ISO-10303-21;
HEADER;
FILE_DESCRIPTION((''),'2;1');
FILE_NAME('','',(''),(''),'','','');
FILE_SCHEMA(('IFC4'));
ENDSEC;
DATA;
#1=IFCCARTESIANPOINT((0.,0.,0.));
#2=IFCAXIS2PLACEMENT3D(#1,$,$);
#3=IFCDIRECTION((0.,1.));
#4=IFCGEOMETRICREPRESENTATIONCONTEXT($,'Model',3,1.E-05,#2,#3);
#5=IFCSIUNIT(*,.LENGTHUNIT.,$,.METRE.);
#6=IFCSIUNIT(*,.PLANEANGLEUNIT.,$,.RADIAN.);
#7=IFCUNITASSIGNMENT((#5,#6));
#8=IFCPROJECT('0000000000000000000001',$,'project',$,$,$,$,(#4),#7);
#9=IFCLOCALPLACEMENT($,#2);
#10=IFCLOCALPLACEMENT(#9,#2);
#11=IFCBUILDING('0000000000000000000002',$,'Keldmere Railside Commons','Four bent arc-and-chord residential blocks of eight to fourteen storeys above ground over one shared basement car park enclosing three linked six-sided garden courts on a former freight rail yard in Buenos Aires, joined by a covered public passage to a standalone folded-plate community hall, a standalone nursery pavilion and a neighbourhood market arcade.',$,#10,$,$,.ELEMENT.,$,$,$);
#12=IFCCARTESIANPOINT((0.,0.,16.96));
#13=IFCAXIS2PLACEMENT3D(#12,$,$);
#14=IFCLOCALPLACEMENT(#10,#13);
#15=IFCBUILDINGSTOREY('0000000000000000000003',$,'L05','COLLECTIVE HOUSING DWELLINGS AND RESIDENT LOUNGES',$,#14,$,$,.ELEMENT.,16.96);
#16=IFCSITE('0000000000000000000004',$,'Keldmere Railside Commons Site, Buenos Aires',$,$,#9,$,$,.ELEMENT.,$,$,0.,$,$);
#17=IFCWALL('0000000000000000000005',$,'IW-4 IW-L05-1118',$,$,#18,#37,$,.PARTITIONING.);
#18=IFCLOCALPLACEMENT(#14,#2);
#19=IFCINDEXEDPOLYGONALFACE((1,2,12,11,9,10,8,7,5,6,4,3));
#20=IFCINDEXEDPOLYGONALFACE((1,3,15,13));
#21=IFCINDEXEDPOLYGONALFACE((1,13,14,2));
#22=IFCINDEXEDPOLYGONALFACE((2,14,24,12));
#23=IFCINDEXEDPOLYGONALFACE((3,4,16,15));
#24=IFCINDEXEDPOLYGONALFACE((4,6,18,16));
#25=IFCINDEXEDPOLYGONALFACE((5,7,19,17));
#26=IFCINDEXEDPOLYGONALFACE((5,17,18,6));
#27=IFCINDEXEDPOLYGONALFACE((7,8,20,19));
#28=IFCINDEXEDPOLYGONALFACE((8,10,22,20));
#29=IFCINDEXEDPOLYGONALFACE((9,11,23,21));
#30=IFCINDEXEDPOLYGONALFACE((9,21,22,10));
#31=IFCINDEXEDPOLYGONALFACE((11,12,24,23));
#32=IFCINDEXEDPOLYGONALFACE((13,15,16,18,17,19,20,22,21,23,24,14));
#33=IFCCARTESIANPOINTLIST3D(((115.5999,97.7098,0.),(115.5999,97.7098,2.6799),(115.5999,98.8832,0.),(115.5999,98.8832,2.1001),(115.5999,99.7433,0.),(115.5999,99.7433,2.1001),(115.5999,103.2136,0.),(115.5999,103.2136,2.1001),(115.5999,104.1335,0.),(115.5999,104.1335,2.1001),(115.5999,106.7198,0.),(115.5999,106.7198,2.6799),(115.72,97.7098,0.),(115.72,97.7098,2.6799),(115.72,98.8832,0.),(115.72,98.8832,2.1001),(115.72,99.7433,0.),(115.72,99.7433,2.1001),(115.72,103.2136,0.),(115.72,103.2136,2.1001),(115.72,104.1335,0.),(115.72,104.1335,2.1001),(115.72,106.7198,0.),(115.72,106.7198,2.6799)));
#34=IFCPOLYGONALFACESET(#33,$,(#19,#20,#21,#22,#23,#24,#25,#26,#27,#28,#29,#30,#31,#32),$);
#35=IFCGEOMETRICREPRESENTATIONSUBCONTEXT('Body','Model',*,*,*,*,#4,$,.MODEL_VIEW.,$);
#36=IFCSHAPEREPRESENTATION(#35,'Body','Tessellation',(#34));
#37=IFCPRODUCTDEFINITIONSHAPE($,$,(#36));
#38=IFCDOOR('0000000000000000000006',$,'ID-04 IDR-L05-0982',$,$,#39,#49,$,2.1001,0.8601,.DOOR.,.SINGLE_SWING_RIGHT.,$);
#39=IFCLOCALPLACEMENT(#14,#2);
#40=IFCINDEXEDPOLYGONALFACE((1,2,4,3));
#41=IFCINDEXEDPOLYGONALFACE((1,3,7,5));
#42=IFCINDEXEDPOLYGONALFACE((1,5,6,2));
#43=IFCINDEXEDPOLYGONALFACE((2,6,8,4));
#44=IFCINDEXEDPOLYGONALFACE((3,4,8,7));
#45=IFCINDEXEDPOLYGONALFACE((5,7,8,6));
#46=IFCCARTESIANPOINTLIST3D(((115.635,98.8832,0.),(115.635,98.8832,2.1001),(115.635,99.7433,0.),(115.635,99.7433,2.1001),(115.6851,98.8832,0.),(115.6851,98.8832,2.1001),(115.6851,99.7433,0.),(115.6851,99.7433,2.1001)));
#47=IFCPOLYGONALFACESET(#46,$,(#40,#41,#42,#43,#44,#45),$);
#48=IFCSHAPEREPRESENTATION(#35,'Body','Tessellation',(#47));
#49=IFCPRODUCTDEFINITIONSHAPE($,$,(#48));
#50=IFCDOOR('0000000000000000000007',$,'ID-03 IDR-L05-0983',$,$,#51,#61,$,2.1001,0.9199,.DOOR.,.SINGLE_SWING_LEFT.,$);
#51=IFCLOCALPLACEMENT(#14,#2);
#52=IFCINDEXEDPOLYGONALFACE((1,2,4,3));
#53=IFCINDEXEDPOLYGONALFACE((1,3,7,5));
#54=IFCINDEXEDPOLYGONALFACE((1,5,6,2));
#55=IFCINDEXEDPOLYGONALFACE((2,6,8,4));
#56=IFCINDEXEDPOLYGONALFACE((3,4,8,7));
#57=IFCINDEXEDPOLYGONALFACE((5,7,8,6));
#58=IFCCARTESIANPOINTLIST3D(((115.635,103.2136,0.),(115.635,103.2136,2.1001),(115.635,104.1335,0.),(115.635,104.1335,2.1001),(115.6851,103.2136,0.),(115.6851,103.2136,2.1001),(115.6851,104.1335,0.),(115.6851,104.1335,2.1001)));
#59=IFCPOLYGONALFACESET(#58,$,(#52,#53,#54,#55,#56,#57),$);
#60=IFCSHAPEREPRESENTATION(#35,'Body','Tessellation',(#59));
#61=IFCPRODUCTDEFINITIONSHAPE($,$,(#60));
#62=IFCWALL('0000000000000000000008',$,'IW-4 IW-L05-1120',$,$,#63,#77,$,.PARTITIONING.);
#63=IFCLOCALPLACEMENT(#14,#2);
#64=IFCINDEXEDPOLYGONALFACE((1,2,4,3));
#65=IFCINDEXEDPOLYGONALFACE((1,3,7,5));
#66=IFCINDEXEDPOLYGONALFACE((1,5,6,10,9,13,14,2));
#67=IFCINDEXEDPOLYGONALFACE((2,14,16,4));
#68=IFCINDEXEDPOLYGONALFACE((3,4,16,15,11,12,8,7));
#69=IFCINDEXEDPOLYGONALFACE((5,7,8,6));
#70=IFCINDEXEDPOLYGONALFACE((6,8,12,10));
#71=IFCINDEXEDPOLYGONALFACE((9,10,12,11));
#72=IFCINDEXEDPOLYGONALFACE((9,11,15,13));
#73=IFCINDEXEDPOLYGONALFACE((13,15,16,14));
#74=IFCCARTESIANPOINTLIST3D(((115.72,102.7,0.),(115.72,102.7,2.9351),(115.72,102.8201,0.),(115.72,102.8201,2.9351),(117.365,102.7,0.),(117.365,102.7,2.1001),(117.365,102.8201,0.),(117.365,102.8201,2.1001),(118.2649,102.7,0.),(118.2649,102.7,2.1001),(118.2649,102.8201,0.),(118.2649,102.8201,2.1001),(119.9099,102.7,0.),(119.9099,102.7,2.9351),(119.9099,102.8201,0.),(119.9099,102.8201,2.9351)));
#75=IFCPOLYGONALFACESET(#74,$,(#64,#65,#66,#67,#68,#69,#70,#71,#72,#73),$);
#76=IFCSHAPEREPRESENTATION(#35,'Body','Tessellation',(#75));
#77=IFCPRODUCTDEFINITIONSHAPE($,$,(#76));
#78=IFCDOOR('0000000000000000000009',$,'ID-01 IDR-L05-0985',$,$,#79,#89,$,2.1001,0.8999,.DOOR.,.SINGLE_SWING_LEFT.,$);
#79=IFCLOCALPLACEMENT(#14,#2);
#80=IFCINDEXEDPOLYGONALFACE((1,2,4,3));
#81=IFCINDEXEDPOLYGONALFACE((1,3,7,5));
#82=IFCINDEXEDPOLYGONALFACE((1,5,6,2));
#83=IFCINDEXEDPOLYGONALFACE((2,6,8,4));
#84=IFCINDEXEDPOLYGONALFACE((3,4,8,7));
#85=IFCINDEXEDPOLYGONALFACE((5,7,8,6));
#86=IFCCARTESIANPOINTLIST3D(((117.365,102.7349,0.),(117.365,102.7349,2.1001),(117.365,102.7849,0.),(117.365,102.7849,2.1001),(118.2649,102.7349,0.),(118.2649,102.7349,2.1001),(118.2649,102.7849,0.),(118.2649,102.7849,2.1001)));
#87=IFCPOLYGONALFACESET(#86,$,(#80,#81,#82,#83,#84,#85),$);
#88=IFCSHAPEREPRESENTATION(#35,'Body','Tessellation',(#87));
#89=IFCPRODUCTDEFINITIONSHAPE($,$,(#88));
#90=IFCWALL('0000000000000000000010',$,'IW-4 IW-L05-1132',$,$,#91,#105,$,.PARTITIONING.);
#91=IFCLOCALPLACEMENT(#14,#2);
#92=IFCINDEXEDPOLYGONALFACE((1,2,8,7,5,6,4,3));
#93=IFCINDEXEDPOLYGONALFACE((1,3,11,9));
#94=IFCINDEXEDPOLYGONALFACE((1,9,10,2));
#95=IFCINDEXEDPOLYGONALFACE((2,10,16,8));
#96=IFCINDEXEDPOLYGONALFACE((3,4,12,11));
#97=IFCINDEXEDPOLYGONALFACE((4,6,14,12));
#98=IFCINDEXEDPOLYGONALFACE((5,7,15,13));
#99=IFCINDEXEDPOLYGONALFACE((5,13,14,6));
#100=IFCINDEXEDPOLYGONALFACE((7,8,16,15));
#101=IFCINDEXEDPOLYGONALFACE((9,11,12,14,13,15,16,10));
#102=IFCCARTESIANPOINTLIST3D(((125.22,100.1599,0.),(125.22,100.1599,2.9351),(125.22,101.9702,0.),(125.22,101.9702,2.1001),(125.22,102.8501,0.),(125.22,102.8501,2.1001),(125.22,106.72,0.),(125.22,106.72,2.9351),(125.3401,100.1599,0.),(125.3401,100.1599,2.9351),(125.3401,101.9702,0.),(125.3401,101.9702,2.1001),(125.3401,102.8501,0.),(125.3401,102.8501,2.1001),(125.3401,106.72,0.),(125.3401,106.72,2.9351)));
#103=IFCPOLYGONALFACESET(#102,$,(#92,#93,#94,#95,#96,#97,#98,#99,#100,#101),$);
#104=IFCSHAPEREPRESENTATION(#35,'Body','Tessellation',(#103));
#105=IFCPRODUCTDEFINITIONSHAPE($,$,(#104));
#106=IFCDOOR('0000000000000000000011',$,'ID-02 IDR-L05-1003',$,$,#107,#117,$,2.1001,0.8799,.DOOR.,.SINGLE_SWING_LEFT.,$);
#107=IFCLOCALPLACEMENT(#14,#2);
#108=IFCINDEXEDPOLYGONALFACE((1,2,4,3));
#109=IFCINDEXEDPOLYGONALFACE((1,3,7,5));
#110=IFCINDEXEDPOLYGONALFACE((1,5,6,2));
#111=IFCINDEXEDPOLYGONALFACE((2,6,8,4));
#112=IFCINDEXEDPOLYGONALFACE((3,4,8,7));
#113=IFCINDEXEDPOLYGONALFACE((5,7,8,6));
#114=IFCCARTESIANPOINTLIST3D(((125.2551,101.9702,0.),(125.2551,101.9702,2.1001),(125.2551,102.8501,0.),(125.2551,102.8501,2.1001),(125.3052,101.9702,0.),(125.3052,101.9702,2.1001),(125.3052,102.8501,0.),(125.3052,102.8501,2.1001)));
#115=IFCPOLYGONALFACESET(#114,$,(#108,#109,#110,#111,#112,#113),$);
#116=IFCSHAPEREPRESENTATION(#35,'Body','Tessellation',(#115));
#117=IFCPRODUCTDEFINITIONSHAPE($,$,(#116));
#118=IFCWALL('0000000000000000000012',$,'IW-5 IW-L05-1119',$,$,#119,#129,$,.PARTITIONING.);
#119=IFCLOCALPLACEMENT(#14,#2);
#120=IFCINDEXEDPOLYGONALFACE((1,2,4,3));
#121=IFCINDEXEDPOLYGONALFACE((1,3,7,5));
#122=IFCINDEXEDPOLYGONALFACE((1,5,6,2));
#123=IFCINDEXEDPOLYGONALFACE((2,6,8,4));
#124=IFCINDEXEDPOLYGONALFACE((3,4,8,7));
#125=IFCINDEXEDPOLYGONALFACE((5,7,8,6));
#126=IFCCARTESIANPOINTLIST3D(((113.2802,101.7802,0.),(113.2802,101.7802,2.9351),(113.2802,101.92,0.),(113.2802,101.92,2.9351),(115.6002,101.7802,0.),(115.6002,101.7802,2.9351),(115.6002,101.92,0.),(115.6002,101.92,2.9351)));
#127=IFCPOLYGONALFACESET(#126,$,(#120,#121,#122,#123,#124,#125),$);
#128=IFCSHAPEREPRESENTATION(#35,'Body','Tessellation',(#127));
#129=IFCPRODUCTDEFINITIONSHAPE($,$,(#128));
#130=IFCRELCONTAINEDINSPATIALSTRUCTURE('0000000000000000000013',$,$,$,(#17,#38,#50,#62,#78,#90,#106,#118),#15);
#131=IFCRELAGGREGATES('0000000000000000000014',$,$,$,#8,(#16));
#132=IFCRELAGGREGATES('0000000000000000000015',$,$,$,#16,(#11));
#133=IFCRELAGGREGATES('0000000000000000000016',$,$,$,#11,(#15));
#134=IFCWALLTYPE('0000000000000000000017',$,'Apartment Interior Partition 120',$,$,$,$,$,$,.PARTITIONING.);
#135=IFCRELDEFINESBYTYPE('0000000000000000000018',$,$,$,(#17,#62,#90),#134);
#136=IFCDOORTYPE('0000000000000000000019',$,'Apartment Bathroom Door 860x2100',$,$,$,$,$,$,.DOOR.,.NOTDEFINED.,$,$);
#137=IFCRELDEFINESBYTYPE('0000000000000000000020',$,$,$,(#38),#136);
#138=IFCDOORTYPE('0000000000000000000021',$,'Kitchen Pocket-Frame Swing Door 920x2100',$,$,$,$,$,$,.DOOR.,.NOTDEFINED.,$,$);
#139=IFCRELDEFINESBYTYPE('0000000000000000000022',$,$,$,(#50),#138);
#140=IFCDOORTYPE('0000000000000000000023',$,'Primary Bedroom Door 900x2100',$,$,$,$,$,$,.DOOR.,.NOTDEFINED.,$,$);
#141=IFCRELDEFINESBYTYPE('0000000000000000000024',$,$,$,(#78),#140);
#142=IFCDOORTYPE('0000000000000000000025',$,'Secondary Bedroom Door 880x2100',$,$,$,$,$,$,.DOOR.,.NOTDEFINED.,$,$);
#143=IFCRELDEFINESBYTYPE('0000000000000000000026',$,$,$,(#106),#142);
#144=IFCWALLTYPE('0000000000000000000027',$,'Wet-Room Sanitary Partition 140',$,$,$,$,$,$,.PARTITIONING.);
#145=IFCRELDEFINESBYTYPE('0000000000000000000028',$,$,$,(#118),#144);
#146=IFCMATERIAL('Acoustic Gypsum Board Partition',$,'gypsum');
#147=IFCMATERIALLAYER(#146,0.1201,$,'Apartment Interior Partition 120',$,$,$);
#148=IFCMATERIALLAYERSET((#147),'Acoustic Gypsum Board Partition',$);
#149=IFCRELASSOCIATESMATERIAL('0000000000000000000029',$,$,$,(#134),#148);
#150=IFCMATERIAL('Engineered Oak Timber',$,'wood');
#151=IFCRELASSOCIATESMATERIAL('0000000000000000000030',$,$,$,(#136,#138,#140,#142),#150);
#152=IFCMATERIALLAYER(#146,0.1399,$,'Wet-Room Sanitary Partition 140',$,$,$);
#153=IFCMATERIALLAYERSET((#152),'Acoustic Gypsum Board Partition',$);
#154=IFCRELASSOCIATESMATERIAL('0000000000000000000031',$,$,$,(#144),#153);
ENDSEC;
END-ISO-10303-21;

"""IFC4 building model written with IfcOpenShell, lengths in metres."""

from ifc_helpers import new_model, si_unit, direction, frame, frame_2d, origin, place, context, subcontext, project, spatial, rectangle, extrude, material, layer, layer_set, type_object, element, fill, save


model = new_model("IFC4")

# Units and contexts
model_context = context("Model", 3, precision=1e-05, world=origin(), true_north=direction((0.0, 1.0)))
body_context = subcontext(model_context, "Body", "Model", "MODEL_VIEW")
ifc_project = project(units=[si_unit("LENGTHUNIT", "METRE"), si_unit("PLANEANGLEUNIT", "RADIAN")], contexts=[model_context])

# Site, building, storey
site_placement = place(None, origin())
site = spatial("IfcSite", under=ifc_project, at=site_placement, Name="Keldmere Railside Commons Site, Buenos Aires", CompositionType="ELEMENT", RefElevation=0.0)
building_placement = place(site_placement, origin())
building = spatial("IfcBuilding", under=site, at=building_placement, Name="Keldmere Railside Commons", Description="Four bent arc-and-chord residential blocks of eight to fourteen storeys above ground over one shared basement car park enclosing three linked six-sided garden courts on a former freight rail yard in Buenos Aires, joined by a covered public passage to a standalone folded-plate community hall, a standalone nursery pavilion and a neighbourhood market arcade.", CompositionType="ELEMENT")
storey_placement = place(building_placement, frame((0.0, 0.0, 16.96)))
storey = spatial("IfcBuildingStorey", under=building, at=storey_placement, Name="L05", Description="COLLECTIVE HOUSING DWELLINGS AND RESIDENT LOUNGES", CompositionType="ELEMENT", Elevation=16.96)

# Shared definitions
ifc_material_1 = material(Name="Acoustic Gypsum Board Partition", Category="gypsum")

# Wall, openings, doors
ifc_layer_1 = layer(ifc_material_1, 0.1201, Name="Apartment Interior Partition 120")
ifc_layer_set_1 = layer_set([ifc_layer_1], Name="Acoustic Gypsum Board Partition")
wall_type_1 = type_object("IfcWallType", Name="Apartment Interior Partition 120", PredefinedType="PARTITIONING", material=ifc_layer_set_1)
wall_1_placement = place(storey_placement, frame((115.6599, 97.71, 0.0), z_axis=(0.0, 0.0, 1.0), x_axis=(0.0, 1.0, 0.0)))
wall_1 = element("IfcWall", 1, at=wall_1_placement, inside=storey, type_object=wall_type_1, Name="IW-4 IW-L05-1118", PredefinedType="PARTITIONING", context=body_context, shape_type="SweptSolid", body=[
    extrude(rectangle(XDim=9.01, YDim=0.1201, at=frame_2d((4.5049, 0.0))), origin(), (0.0, 0.0, 1.0), 2.6799),
])
opening_1_placement = place(wall_1_placement, frame((1.1731, 0.0, 0.0)))
opening_1 = element("IfcOpeningElement", 2, at=opening_1_placement, cuts=wall_1, PredefinedType="OPENING", context=body_context, shape_type="SweptSolid", body=[
    extrude(rectangle(XDim=0.8601, YDim=2.1001, at=frame_2d((0.4302, 1.05))), frame((0.0, 0.0701, 0.0), z_axis=(0.0, -1.0, 0.0), x_axis=(1.0, 0.0, 0.0)), (0.0, 0.0, 1.0), 0.1401),
])
opening_2_placement = place(wall_1_placement, frame((5.5037, 0.0, 0.0)))
opening_2 = element("IfcOpeningElement", 3, at=opening_2_placement, cuts=wall_1, PredefinedType="OPENING", context=body_context, shape_type="SweptSolid", body=[
    extrude(rectangle(XDim=0.9199, YDim=2.1001, at=frame_2d((0.46, 1.05))), frame((0.0, 0.0701, 0.0), z_axis=(0.0, -1.0, 0.0), x_axis=(1.0, 0.0, 0.0)), (0.0, 0.0, 1.0), 0.1401),
])
ifc_material_2 = material(Name="Engineered Oak Timber", Category="wood")
door_type_1 = type_object("IfcDoorType", Name="Apartment Bathroom Door 860x2100", OperationType="NOTDEFINED", PredefinedType="DOOR", material=ifc_material_2)
door_1_placement = place(opening_1_placement, origin())
door_1 = element("IfcDoor", 4, at=door_1_placement, inside=storey, type_object=door_type_1, Name="ID-04 IDR-L05-0982", OperationType="SINGLE_SWING_RIGHT", OverallHeight=2.1001, OverallWidth=0.8601, PredefinedType="DOOR", context=body_context, shape_type="SweptSolid", body=[
    extrude(rectangle(XDim=0.8601, YDim=2.1001, at=frame_2d((0.4302, 1.05))), frame((0.0, 0.0249, 0.0), z_axis=(0.0, -1.0, 0.0), x_axis=(1.0, 0.0, 0.0)), (0.0, 0.0, 1.0), 0.05),
])
fill(opening_1, door_1)
door_type_2 = type_object("IfcDoorType", Name="Kitchen Pocket-Frame Swing Door 920x2100", OperationType="NOTDEFINED", PredefinedType="DOOR", material=ifc_material_2)
door_2_placement = place(opening_2_placement, origin())
door_2 = element("IfcDoor", 5, at=door_2_placement, inside=storey, type_object=door_type_2, Name="ID-03 IDR-L05-0983", OperationType="SINGLE_SWING_LEFT", OverallHeight=2.1001, OverallWidth=0.9199, PredefinedType="DOOR", context=body_context, shape_type="SweptSolid", body=[
    extrude(rectangle(XDim=0.9199, YDim=2.1001, at=frame_2d((0.46, 1.05))), frame((0.0, 0.0249, 0.0), z_axis=(0.0, -1.0, 0.0), x_axis=(1.0, 0.0, 0.0)), (0.0, 0.0, 1.0), 0.05),
])
fill(opening_2, door_2)

# Walls, openings, doors
wall_2_placement = place(storey_placement, frame((115.72, 102.76, 0.0), z_axis=(0.0, 0.0, 1.0), x_axis=(1.0, 0.0, 0.0)))
wall_2 = element("IfcWall", 6, at=wall_2_placement, inside=storey, type_object=wall_type_1, Name="IW-4 IW-L05-1120", PredefinedType="PARTITIONING", context=body_context, shape_type="SweptSolid", body=[
    extrude(rectangle(XDim=4.1899, YDim=0.1201, at=frame_2d((2.095, 0.0))), origin(), (0.0, 0.0, 1.0), 2.9351),
])
opening_3_placement = place(wall_2_placement, frame((1.645, 0.0, 0.0)))
opening_3 = element("IfcOpeningElement", 7, at=opening_3_placement, cuts=wall_2, PredefinedType="OPENING", context=body_context, shape_type="SweptSolid", body=[
    extrude(rectangle(XDim=0.8999, YDim=2.1001, at=frame_2d((0.45, 1.05))), frame((0.0, 0.0701, 0.0), z_axis=(0.0, -1.0, 0.0), x_axis=(1.0, 0.0, 0.0)), (0.0, 0.0, 1.0), 0.1401),
])
door_type_3 = type_object("IfcDoorType", Name="Primary Bedroom Door 900x2100", OperationType="NOTDEFINED", PredefinedType="DOOR", material=ifc_material_2)
door_3_placement = place(opening_3_placement, origin())
door_3 = element("IfcDoor", 8, at=door_3_placement, inside=storey, type_object=door_type_3, Name="ID-01 IDR-L05-0985", OperationType="SINGLE_SWING_LEFT", OverallHeight=2.1001, OverallWidth=0.8999, PredefinedType="DOOR", context=body_context, shape_type="SweptSolid", body=[
    extrude(rectangle(XDim=0.8999, YDim=2.1001, at=frame_2d((0.45, 1.05))), frame((0.0, 0.0249, 0.0), z_axis=(0.0, -1.0, 0.0), x_axis=(1.0, 0.0, 0.0)), (0.0, 0.0, 1.0), 0.05),
])
fill(opening_3, door_3)
wall_3_placement = place(storey_placement, frame((125.28, 100.1599, 0.0), z_axis=(0.0, 0.0, 1.0), x_axis=(0.0, 1.0, 0.0)))
wall_3 = element("IfcWall", 9, at=wall_3_placement, inside=storey, type_object=wall_type_1, Name="IW-4 IW-L05-1132", PredefinedType="PARTITIONING", context=body_context, shape_type="SweptSolid", body=[
    extrude(rectangle(XDim=6.5601, YDim=0.1201, at=frame_2d((3.28, 0.0))), origin(), (0.0, 0.0, 1.0), 2.9351),
])
opening_4_placement = place(wall_3_placement, frame((1.8103, 0.0, 0.0)))
opening_4 = element("IfcOpeningElement", 10, at=opening_4_placement, cuts=wall_3, PredefinedType="OPENING", context=body_context, shape_type="SweptSolid", body=[
    extrude(rectangle(XDim=0.8799, YDim=2.1001, at=frame_2d((0.4399, 1.05))), frame((0.0, 0.0701, 0.0), z_axis=(0.0, -1.0, 0.0), x_axis=(1.0, 0.0, 0.0)), (0.0, 0.0, 1.0), 0.1401),
])
door_type_4 = type_object("IfcDoorType", Name="Secondary Bedroom Door 880x2100", OperationType="NOTDEFINED", PredefinedType="DOOR", material=ifc_material_2)
door_4_placement = place(opening_4_placement, origin())
door_4 = element("IfcDoor", 11, at=door_4_placement, inside=storey, type_object=door_type_4, Name="ID-02 IDR-L05-1003", OperationType="SINGLE_SWING_LEFT", OverallHeight=2.1001, OverallWidth=0.8799, PredefinedType="DOOR", context=body_context, shape_type="SweptSolid", body=[
    extrude(rectangle(XDim=0.8799, YDim=2.1001, at=frame_2d((0.4399, 1.05))), frame((0.0, 0.0249, 0.0), z_axis=(0.0, -1.0, 0.0), x_axis=(1.0, 0.0, 0.0)), (0.0, 0.0, 1.0), 0.05),
])
fill(opening_4, door_4)

# Wall
ifc_layer_2 = layer(ifc_material_1, 0.1399, Name="Wet-Room Sanitary Partition 140")
ifc_layer_set_2 = layer_set([ifc_layer_2], Name="Acoustic Gypsum Board Partition")
wall_type_2 = type_object("IfcWallType", Name="Wet-Room Sanitary Partition 140", PredefinedType="PARTITIONING", material=ifc_layer_set_2)
wall_4_placement = place(storey_placement, frame((113.28, 101.8501, 0.0), z_axis=(0.0, 0.0, 1.0), x_axis=(1.0, 0.0, 0.0)))
element("IfcWall", 12, at=wall_4_placement, inside=storey, type_object=wall_type_2, Name="IW-5 IW-L05-1119", PredefinedType="PARTITIONING", context=body_context, shape_type="SweptSolid", body=[
    extrude(rectangle(XDim=2.3201, YDim=0.1399, at=frame_2d((1.1602, 0.0))), origin(), (0.0, 0.0, 1.0), 2.9351),
])

save(model, "model.ifc")
